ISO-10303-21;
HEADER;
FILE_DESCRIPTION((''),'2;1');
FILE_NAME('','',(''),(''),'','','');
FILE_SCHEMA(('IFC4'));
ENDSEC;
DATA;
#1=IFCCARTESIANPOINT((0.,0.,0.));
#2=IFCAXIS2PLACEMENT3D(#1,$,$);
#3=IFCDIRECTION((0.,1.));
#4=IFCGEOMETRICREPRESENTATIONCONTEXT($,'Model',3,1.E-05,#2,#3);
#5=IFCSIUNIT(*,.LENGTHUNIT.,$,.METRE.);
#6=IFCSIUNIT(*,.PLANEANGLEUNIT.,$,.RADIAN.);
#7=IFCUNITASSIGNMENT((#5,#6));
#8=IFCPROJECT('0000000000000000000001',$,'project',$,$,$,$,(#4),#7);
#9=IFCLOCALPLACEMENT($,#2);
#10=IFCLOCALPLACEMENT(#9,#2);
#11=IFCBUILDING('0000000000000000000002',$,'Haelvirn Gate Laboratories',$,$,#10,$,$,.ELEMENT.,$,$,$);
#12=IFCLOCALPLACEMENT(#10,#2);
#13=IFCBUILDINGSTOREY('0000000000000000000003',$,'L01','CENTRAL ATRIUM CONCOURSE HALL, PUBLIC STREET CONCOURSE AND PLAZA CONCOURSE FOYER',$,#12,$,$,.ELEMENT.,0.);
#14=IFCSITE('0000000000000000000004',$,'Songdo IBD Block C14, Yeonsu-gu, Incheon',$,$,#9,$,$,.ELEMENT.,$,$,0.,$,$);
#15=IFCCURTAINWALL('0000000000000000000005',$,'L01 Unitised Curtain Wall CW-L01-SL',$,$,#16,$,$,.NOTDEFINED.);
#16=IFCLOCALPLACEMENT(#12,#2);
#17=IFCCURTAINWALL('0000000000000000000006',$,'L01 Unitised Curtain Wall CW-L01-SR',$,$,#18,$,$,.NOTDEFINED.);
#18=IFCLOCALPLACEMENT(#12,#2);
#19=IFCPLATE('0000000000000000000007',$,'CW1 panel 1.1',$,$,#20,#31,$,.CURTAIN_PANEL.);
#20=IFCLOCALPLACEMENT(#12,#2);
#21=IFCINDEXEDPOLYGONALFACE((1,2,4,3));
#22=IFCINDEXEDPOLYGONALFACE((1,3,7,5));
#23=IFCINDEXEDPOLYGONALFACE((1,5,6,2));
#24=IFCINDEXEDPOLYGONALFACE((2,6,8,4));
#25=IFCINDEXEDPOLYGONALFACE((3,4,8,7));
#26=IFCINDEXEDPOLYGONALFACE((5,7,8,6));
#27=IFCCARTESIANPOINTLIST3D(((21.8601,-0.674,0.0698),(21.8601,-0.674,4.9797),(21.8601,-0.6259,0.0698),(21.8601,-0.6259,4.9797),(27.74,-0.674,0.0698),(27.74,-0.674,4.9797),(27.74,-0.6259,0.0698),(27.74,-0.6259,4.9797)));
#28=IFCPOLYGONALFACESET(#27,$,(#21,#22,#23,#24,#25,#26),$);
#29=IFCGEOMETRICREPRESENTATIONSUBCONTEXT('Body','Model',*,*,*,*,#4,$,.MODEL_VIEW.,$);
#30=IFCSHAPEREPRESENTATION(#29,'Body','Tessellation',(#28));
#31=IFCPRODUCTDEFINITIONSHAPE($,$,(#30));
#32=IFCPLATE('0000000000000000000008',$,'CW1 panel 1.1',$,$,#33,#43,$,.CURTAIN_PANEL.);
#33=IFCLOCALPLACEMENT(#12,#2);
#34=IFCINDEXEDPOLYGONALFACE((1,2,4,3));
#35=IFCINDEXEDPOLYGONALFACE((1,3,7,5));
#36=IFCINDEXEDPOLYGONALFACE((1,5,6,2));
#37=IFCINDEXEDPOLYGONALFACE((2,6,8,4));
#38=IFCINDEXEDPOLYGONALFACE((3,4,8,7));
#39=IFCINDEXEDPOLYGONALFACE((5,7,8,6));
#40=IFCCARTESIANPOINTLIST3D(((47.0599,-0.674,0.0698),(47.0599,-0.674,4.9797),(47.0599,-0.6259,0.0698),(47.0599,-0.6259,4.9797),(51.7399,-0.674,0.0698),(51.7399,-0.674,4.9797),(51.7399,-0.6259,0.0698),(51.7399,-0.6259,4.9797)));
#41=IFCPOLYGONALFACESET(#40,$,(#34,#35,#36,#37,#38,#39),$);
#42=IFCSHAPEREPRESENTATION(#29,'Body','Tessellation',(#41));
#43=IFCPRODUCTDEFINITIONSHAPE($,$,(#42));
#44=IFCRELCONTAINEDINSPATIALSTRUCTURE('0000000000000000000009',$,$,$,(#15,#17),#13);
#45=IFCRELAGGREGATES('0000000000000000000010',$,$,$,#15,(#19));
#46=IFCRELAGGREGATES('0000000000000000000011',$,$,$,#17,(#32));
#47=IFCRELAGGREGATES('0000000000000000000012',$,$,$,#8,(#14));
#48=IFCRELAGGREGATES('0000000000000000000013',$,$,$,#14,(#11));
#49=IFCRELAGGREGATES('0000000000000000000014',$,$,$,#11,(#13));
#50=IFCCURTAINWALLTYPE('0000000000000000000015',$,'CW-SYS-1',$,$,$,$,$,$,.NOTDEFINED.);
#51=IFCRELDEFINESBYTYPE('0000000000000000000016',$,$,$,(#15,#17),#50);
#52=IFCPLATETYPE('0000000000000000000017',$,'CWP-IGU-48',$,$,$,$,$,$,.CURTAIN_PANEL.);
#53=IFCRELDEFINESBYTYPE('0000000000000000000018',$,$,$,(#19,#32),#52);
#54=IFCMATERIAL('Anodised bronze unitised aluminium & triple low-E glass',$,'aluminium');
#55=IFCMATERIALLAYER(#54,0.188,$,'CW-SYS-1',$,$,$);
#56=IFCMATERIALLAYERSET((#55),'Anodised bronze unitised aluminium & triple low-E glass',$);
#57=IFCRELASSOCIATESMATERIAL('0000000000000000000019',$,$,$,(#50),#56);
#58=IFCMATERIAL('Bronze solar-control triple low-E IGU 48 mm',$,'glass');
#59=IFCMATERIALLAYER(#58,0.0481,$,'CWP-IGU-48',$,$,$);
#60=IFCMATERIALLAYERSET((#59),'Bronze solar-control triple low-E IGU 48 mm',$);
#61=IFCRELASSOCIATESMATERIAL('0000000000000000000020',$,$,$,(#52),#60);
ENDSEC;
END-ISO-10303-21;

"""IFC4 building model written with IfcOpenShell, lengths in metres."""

from ifc_helpers import new_model, si_unit, direction, frame, origin, origin_2d, place, context, subcontext, project, spatial, rectangle, extrude, source, transform, mapped, material, layer, layer_set, type_object, type_shapes, element, aggregate, save


model = new_model("IFC4")

# Units and contexts
model_context = context("Model", 3, precision=1e-05, world=origin(), true_north=direction((0.0, 1.0)))
body_context = subcontext(model_context, "Body", "Model", "MODEL_VIEW")
ifc_project = project(units=[si_unit("LENGTHUNIT", "METRE"), si_unit("PLANEANGLEUNIT", "RADIAN")], contexts=[model_context])

# Site, building, storey
site_placement = place(None, origin())
site = spatial("IfcSite", under=ifc_project, at=site_placement, Name="Songdo IBD Block C14, Yeonsu-gu, Incheon", CompositionType="ELEMENT", RefElevation=0.0)
building_placement = place(site_placement, origin())
building = spatial("IfcBuilding", under=site, at=building_placement, Name="Haelvirn Gate Laboratories", CompositionType="ELEMENT")
storey_placement = place(building_placement, origin())
storey = spatial("IfcBuildingStorey", under=building, at=storey_placement, Name="L01", Description="CENTRAL ATRIUM CONCOURSE HALL, PUBLIC STREET CONCOURSE AND PLAZA CONCOURSE FOYER", CompositionType="ELEMENT", Elevation=0.0)

# Curtain wall
ifc_material_1 = material(Name="Anodised bronze unitised aluminium & triple low-E glass", Category="aluminium")
ifc_layer_1 = layer(ifc_material_1, 0.188, Name="CW-SYS-1")
ifc_layer_set_1 = layer_set([ifc_layer_1], Name="Anodised bronze unitised aluminium & triple low-E glass")
curtain_wall_type = type_object("IfcCurtainWallType", Name="CW-SYS-1", PredefinedType="NOTDEFINED", material=ifc_layer_set_1)
curtain_wall_1_placement = place(storey_placement, origin())
curtain_wall_1 = element("IfcCurtainWall", 1, at=curtain_wall_1_placement, inside=storey, type_object=curtain_wall_type, Name="L01 Unitised Curtain Wall CW-L01-SL", PredefinedType="NOTDEFINED")

# Curtain wall
curtain_wall_2_placement = place(storey_placement, origin())
curtain_wall_2 = element("IfcCurtainWall", 2, at=curtain_wall_2_placement, inside=storey, type_object=curtain_wall_type, Name="L01 Unitised Curtain Wall CW-L01-SR", PredefinedType="NOTDEFINED")

# Plates
ifc_material_2 = material(Name="Bronze solar-control triple low-E IGU 48 mm", Category="glass")
ifc_layer_2 = layer(ifc_material_2, 0.0481, Name="CWP-IGU-48")
ifc_layer_set_2 = layer_set([ifc_layer_2], Name="Bronze solar-control triple low-E IGU 48 mm")
plate_type = type_object("IfcPlateType", Name="CWP-IGU-48", PredefinedType="CURTAIN_PANEL", material=ifc_layer_set_2)
shared_shape_1 = source(origin(), body_context, "Body", "SweptSolid", [
    extrude(rectangle(XDim=5.8799, YDim=0.0481, at=origin_2d()), origin(), (0.0, 0.0, 1.0), 4.9099),
])
plate_1_placement = place(storey_placement, frame((24.8, -0.6499, 0.0698), z_axis=(0.0, 0.0, 1.0), x_axis=(1.0, 0.0, 0.0)))
plate_1 = element("IfcPlate", 3, at=plate_1_placement, type_object=plate_type, Name="CW1 panel 1.1", PredefinedType="CURTAIN_PANEL", context=body_context, shape_type="MappedRepresentation", body=[
    mapped(shared_shape_1, transform((0.0, 0.0, 0.0), scale=1.0)),
])
aggregate(curtain_wall_1, [plate_1])
shared_shape_2 = source(origin(), body_context, "Body", "SweptSolid", [
    extrude(rectangle(XDim=4.6799, YDim=0.0481, at=origin_2d()), origin(), (0.0, 0.0, 1.0), 4.9099),
])
type_shapes(plate_type, [shared_shape_1, shared_shape_2])
plate_2_placement = place(storey_placement, frame((49.3999, -0.6499, 0.0698), z_axis=(0.0, 0.0, 1.0), x_axis=(1.0, 0.0, 0.0)))
plate_2 = element("IfcPlate", 4, at=plate_2_placement, type_object=plate_type, Name="CW1 panel 1.1", PredefinedType="CURTAIN_PANEL", context=body_context, shape_type="MappedRepresentation", body=[
    mapped(shared_shape_2, transform((0.0, 0.0, 0.0), scale=1.0)),
])
aggregate(curtain_wall_2, [plate_2])

save(model, "model.ifc")
